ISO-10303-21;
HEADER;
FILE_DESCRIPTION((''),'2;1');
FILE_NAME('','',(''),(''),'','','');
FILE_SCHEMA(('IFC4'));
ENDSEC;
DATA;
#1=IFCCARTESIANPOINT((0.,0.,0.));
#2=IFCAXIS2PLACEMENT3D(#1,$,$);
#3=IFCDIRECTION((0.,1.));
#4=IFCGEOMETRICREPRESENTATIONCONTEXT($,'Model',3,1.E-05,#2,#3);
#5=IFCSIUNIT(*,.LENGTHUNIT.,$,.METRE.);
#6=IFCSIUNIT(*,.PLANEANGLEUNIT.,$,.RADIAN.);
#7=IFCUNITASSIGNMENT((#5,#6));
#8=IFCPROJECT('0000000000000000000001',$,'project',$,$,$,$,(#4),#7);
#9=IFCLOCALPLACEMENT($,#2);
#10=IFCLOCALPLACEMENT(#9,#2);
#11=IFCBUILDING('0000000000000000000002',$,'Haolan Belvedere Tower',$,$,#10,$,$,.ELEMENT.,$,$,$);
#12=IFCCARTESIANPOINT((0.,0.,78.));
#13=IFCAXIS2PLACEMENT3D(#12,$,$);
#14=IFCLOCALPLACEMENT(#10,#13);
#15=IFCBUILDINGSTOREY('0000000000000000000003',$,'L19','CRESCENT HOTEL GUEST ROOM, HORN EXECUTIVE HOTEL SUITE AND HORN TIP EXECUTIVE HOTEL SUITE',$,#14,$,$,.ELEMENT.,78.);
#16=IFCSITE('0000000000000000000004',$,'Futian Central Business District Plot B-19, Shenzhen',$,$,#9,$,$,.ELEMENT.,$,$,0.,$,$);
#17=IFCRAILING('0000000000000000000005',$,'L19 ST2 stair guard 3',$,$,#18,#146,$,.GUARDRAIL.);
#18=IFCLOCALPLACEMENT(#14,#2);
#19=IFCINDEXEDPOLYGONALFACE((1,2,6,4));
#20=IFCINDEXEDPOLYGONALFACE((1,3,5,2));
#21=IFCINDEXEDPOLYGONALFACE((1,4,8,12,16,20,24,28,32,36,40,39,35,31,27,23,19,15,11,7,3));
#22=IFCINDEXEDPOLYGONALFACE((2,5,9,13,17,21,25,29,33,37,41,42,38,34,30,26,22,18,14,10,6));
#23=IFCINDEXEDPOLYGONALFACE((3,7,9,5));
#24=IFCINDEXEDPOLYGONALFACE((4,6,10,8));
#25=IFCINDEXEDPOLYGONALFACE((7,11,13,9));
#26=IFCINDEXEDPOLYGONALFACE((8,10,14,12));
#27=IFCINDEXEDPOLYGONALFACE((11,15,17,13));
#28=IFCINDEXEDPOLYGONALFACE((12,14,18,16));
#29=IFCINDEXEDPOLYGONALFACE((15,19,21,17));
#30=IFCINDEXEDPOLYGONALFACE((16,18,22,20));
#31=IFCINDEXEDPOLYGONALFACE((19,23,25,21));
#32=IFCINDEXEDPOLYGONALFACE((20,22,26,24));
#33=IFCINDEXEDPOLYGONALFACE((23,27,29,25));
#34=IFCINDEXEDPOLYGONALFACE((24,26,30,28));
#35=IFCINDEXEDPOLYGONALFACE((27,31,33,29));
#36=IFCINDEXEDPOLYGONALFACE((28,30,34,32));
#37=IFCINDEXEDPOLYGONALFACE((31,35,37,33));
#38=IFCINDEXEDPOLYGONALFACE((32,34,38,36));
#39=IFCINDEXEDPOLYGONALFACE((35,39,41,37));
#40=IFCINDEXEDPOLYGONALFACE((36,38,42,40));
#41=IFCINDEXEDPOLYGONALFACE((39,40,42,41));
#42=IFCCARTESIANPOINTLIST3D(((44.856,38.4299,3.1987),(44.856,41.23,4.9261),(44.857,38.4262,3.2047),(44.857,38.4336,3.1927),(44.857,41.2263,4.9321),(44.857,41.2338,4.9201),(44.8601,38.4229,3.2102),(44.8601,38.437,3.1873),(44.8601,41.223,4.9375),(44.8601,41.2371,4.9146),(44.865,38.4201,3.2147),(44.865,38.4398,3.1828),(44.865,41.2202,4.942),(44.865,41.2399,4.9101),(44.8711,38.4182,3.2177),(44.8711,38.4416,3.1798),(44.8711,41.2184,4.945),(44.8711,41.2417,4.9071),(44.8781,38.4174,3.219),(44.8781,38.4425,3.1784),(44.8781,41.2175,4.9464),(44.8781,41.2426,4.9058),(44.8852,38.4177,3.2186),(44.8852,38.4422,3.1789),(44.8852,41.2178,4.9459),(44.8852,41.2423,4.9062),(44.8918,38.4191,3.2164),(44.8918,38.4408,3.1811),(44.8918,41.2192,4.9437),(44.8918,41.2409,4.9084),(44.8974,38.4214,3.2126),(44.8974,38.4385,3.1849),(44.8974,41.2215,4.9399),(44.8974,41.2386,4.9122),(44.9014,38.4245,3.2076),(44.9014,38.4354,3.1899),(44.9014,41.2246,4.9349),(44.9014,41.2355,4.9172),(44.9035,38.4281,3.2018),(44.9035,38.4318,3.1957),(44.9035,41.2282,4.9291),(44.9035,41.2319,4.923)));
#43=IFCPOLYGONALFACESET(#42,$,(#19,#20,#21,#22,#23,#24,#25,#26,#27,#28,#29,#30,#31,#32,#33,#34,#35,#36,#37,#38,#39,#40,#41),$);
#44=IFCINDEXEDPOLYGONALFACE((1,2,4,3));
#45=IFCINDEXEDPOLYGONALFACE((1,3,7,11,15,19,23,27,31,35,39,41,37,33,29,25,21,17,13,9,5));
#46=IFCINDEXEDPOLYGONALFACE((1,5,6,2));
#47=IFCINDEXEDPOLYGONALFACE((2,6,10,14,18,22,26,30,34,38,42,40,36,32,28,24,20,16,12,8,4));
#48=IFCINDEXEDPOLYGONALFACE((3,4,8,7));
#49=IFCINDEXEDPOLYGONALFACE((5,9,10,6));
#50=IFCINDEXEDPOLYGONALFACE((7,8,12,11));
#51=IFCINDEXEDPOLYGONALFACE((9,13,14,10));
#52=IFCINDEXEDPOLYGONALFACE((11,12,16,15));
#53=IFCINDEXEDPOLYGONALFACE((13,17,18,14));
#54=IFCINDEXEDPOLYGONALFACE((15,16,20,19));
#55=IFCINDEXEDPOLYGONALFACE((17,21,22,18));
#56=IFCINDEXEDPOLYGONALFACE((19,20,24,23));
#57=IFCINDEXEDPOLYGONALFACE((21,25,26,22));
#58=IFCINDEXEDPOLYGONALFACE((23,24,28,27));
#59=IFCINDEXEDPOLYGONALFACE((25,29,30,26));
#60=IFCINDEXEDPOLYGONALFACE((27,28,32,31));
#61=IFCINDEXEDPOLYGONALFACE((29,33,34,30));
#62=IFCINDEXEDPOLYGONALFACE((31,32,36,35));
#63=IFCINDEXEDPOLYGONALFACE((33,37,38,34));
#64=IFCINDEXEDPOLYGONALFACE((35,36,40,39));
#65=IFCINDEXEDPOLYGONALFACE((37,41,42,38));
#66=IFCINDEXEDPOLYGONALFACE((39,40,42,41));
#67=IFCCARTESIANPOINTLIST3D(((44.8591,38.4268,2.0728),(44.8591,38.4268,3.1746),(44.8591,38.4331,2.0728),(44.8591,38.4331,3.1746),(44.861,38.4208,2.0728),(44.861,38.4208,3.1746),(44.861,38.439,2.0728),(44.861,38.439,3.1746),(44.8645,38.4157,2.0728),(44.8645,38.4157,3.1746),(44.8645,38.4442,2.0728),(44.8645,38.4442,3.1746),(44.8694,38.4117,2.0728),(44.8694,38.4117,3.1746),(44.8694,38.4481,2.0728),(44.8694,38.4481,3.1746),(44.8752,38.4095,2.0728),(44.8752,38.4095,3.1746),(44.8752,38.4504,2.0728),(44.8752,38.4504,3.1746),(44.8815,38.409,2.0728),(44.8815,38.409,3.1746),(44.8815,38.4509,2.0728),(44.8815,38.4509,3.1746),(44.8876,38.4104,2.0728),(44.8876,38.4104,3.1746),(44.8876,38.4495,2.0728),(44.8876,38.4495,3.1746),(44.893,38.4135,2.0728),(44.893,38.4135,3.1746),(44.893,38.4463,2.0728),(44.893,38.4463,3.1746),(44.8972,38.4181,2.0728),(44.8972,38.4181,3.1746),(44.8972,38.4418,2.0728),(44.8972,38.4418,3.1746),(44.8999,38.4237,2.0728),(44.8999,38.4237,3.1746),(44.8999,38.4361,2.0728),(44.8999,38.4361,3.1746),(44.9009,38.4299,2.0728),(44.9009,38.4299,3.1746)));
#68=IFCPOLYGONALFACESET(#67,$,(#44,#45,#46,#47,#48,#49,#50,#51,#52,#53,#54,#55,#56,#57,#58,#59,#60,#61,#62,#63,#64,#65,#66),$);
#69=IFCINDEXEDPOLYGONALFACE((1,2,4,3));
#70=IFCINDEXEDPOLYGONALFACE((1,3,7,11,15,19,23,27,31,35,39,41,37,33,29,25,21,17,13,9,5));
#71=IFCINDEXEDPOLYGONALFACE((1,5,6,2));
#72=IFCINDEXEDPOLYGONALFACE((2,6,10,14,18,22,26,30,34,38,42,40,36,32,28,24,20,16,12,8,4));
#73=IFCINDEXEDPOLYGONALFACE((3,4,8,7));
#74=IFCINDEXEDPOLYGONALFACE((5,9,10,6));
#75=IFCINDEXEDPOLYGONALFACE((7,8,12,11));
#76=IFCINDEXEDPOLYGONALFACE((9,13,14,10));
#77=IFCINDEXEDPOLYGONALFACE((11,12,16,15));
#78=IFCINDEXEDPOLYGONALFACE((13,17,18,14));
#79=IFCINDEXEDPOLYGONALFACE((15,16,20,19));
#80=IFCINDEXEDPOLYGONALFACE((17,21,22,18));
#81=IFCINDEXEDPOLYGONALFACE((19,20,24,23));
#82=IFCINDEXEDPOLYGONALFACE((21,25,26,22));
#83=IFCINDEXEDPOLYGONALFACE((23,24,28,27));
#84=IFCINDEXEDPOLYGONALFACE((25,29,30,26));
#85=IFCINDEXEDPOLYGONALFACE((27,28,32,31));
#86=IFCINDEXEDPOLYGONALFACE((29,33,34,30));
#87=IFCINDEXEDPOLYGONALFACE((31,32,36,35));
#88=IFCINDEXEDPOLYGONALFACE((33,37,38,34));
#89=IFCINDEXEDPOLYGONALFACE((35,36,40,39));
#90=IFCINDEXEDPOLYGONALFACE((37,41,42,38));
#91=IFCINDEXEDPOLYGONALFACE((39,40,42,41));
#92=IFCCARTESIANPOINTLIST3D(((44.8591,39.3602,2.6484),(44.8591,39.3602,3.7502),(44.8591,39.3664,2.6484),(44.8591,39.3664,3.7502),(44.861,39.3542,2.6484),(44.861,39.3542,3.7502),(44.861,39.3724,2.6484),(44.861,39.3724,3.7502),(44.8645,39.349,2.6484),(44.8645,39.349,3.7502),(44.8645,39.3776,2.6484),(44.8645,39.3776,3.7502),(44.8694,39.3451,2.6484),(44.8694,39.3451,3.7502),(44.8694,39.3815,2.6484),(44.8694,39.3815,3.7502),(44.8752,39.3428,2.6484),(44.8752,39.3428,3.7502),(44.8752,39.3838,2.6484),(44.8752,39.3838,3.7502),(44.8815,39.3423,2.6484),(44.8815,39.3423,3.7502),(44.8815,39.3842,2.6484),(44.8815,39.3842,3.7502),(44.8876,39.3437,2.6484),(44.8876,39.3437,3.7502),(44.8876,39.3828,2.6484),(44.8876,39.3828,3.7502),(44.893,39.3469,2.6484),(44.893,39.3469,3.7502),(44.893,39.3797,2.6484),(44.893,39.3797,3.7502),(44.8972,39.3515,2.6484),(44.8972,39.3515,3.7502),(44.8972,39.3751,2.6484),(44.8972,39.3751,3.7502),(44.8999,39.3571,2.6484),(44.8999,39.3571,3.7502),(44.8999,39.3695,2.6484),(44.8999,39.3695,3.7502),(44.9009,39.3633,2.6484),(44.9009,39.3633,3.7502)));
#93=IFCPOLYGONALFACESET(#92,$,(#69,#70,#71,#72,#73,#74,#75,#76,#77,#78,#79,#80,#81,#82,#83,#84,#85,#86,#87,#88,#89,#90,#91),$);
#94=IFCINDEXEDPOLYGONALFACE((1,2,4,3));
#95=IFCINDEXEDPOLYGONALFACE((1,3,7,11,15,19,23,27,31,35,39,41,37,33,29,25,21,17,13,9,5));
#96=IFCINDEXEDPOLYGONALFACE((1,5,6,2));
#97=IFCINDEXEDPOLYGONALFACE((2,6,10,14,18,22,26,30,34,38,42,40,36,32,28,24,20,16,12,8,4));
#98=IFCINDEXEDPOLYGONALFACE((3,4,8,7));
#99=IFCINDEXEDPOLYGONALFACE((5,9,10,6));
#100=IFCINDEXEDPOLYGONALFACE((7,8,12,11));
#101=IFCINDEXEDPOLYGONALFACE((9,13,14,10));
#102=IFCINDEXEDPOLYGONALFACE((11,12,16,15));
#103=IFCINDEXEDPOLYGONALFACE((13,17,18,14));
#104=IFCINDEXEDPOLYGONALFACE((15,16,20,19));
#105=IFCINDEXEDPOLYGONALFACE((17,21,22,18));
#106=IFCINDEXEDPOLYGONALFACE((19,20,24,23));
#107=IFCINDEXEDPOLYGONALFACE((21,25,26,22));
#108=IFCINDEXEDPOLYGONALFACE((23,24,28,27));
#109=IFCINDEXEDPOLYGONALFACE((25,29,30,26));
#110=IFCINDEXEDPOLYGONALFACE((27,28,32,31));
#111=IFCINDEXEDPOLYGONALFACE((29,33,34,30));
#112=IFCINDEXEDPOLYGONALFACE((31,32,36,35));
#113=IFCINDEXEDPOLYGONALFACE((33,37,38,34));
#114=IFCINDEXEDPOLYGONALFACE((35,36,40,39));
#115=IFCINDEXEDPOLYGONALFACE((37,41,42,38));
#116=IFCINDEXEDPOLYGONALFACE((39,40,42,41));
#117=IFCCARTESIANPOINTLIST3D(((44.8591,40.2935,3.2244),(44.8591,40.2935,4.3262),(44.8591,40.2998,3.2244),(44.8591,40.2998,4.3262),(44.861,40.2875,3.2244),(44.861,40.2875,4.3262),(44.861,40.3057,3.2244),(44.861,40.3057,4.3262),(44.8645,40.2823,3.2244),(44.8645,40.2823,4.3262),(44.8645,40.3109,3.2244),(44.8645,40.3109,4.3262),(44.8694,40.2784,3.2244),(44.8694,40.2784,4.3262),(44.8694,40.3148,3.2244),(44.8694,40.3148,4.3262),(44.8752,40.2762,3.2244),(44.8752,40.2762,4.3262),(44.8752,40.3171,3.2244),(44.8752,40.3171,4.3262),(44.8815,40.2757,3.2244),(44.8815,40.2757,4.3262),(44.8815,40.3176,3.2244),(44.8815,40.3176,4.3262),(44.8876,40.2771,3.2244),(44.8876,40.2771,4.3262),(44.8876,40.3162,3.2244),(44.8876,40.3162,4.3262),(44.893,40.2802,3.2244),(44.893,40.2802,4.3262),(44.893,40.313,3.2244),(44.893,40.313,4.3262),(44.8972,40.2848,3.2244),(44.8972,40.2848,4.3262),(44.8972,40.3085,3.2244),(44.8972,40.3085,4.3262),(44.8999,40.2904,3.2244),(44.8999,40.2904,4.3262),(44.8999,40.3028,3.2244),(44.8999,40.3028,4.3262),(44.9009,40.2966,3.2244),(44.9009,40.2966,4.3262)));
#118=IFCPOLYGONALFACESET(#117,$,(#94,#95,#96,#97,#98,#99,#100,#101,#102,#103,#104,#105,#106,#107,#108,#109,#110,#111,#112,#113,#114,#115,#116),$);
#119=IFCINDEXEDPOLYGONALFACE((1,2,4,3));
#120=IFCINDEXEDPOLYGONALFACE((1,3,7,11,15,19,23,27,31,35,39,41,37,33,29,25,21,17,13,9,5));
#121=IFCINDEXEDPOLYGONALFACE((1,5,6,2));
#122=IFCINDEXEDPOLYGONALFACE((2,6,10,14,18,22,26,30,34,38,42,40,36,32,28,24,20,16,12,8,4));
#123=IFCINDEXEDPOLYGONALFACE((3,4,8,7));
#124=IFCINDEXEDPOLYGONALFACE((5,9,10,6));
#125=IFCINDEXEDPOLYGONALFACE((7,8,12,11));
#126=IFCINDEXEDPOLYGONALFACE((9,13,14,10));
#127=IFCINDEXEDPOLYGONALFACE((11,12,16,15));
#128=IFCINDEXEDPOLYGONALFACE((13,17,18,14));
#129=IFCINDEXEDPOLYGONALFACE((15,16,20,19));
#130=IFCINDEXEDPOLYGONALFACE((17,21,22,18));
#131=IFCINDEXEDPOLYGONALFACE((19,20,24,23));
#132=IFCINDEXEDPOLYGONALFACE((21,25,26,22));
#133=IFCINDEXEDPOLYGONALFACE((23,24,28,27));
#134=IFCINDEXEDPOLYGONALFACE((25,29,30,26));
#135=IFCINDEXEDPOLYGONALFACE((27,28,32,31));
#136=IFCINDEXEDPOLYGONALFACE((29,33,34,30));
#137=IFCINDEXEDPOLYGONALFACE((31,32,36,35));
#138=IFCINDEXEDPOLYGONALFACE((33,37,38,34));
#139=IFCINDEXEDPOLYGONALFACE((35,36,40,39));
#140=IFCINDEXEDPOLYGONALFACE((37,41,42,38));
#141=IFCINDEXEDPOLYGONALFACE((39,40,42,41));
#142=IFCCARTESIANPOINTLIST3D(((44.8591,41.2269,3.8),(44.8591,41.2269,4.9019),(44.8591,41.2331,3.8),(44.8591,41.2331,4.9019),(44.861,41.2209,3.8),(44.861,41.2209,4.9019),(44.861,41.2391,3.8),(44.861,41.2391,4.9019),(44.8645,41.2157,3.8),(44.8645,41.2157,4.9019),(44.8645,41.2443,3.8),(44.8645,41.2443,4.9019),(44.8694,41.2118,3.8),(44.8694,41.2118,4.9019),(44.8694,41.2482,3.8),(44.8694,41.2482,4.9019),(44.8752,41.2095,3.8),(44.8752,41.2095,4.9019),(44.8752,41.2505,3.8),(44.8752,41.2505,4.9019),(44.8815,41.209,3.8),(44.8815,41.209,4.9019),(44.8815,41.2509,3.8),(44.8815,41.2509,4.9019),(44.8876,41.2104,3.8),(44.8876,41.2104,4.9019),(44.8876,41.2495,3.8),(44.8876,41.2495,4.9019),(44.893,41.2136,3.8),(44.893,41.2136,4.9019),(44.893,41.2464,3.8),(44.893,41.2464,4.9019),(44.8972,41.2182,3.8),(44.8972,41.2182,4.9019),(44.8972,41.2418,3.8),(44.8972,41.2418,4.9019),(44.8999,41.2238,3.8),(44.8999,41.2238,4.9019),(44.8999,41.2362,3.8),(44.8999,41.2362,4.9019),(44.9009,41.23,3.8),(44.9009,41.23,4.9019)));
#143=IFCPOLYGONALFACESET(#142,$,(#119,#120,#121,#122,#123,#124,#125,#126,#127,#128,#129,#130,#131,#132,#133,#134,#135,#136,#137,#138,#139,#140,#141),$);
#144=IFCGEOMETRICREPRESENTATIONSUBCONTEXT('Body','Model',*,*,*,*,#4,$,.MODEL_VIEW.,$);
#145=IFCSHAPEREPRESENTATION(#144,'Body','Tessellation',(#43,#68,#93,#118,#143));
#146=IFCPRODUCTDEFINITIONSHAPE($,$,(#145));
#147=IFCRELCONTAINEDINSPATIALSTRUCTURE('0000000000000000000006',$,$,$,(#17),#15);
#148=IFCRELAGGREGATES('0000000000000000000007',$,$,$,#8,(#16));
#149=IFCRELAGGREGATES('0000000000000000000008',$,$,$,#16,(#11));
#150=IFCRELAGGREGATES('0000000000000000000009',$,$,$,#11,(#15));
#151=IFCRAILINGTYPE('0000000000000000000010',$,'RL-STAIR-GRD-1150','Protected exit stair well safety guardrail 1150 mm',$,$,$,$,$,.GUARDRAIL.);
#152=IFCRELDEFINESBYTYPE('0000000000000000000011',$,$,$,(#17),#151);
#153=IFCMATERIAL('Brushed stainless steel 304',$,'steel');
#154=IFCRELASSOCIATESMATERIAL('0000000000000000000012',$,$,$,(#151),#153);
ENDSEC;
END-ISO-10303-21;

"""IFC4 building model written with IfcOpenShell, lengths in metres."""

from ifc_helpers import new_model, si_unit, direction, frame, origin, origin_2d, place, context, subcontext, project, spatial, circle, extrude, material, type_object, element, save


model = new_model("IFC4")

# Units and contexts
model_context = context("Model", 3, precision=1e-05, world=origin(), true_north=direction((0.0, 1.0)))
body_context = subcontext(model_context, "Body", "Model", "MODEL_VIEW")
ifc_project = project(units=[si_unit("LENGTHUNIT", "METRE"), si_unit("PLANEANGLEUNIT", "RADIAN")], contexts=[model_context])

# Site, building, storey
site_placement = place(None, origin())
site = spatial("IfcSite", under=ifc_project, at=site_placement, Name="Futian Central Business District Plot B-19, Shenzhen", CompositionType="ELEMENT", RefElevation=0.0)
building_placement = place(site_placement, origin())
building = spatial("IfcBuilding", under=site, at=building_placement, Name="Haolan Belvedere Tower", CompositionType="ELEMENT")
storey_placement = place(building_placement, frame((0.0, 0.0, 78.0)))
storey = spatial("IfcBuildingStorey", under=building, at=storey_placement, Name="L19", Description="CRESCENT HOTEL GUEST ROOM, HORN EXECUTIVE HOTEL SUITE AND HORN TIP EXECUTIVE HOTEL SUITE", CompositionType="ELEMENT", Elevation=78.0)

# Railing
ifc_material_1 = material(Name="Brushed stainless steel 304", Category="steel")
railing_type_1 = type_object("IfcRailingType", Name="RL-STAIR-GRD-1150", Description="Protected exit stair well safety guardrail 1150 mm", PredefinedType="GUARDRAIL", material=ifc_material_1)
railing_1_placement = place(storey_placement, frame((44.8799, 38.4299, 2.0728)))
element("IfcRailing", 1, at=railing_1_placement, inside=storey, type_object=railing_type_1, Name="L19 ST2 stair guard 3", PredefinedType="GUARDRAIL", context=body_context, shape_type="SweptSolid", body=[
    extrude(circle(Radius=0.0239, at=origin_2d()), frame((0.0, 0.0, 1.126), z_axis=(0.0, 0.85109, 0.52502), x_axis=(-1.0, 0.0, 0.0)), (0.0, 0.0, 1.0), 3.29),
    extrude(circle(Radius=0.021, at=origin_2d()), origin(), (0.0, 0.0, 1.0), 1.1018),
    extrude(circle(Radius=0.021, at=origin_2d()), frame((0.0, 0.9333, 0.5757)), (0.0, 0.0, 1.0), 1.1018),
    extrude(circle(Radius=0.021, at=origin_2d()), frame((0.0, 1.8667, 1.1516)), (0.0, 0.0, 1.0), 1.1018),
    extrude(circle(Radius=0.021, at=origin_2d()), frame((0.0, 2.8, 1.7273)), (0.0, 0.0, 1.0), 1.1018),
])

save(model, "model.ifc")
